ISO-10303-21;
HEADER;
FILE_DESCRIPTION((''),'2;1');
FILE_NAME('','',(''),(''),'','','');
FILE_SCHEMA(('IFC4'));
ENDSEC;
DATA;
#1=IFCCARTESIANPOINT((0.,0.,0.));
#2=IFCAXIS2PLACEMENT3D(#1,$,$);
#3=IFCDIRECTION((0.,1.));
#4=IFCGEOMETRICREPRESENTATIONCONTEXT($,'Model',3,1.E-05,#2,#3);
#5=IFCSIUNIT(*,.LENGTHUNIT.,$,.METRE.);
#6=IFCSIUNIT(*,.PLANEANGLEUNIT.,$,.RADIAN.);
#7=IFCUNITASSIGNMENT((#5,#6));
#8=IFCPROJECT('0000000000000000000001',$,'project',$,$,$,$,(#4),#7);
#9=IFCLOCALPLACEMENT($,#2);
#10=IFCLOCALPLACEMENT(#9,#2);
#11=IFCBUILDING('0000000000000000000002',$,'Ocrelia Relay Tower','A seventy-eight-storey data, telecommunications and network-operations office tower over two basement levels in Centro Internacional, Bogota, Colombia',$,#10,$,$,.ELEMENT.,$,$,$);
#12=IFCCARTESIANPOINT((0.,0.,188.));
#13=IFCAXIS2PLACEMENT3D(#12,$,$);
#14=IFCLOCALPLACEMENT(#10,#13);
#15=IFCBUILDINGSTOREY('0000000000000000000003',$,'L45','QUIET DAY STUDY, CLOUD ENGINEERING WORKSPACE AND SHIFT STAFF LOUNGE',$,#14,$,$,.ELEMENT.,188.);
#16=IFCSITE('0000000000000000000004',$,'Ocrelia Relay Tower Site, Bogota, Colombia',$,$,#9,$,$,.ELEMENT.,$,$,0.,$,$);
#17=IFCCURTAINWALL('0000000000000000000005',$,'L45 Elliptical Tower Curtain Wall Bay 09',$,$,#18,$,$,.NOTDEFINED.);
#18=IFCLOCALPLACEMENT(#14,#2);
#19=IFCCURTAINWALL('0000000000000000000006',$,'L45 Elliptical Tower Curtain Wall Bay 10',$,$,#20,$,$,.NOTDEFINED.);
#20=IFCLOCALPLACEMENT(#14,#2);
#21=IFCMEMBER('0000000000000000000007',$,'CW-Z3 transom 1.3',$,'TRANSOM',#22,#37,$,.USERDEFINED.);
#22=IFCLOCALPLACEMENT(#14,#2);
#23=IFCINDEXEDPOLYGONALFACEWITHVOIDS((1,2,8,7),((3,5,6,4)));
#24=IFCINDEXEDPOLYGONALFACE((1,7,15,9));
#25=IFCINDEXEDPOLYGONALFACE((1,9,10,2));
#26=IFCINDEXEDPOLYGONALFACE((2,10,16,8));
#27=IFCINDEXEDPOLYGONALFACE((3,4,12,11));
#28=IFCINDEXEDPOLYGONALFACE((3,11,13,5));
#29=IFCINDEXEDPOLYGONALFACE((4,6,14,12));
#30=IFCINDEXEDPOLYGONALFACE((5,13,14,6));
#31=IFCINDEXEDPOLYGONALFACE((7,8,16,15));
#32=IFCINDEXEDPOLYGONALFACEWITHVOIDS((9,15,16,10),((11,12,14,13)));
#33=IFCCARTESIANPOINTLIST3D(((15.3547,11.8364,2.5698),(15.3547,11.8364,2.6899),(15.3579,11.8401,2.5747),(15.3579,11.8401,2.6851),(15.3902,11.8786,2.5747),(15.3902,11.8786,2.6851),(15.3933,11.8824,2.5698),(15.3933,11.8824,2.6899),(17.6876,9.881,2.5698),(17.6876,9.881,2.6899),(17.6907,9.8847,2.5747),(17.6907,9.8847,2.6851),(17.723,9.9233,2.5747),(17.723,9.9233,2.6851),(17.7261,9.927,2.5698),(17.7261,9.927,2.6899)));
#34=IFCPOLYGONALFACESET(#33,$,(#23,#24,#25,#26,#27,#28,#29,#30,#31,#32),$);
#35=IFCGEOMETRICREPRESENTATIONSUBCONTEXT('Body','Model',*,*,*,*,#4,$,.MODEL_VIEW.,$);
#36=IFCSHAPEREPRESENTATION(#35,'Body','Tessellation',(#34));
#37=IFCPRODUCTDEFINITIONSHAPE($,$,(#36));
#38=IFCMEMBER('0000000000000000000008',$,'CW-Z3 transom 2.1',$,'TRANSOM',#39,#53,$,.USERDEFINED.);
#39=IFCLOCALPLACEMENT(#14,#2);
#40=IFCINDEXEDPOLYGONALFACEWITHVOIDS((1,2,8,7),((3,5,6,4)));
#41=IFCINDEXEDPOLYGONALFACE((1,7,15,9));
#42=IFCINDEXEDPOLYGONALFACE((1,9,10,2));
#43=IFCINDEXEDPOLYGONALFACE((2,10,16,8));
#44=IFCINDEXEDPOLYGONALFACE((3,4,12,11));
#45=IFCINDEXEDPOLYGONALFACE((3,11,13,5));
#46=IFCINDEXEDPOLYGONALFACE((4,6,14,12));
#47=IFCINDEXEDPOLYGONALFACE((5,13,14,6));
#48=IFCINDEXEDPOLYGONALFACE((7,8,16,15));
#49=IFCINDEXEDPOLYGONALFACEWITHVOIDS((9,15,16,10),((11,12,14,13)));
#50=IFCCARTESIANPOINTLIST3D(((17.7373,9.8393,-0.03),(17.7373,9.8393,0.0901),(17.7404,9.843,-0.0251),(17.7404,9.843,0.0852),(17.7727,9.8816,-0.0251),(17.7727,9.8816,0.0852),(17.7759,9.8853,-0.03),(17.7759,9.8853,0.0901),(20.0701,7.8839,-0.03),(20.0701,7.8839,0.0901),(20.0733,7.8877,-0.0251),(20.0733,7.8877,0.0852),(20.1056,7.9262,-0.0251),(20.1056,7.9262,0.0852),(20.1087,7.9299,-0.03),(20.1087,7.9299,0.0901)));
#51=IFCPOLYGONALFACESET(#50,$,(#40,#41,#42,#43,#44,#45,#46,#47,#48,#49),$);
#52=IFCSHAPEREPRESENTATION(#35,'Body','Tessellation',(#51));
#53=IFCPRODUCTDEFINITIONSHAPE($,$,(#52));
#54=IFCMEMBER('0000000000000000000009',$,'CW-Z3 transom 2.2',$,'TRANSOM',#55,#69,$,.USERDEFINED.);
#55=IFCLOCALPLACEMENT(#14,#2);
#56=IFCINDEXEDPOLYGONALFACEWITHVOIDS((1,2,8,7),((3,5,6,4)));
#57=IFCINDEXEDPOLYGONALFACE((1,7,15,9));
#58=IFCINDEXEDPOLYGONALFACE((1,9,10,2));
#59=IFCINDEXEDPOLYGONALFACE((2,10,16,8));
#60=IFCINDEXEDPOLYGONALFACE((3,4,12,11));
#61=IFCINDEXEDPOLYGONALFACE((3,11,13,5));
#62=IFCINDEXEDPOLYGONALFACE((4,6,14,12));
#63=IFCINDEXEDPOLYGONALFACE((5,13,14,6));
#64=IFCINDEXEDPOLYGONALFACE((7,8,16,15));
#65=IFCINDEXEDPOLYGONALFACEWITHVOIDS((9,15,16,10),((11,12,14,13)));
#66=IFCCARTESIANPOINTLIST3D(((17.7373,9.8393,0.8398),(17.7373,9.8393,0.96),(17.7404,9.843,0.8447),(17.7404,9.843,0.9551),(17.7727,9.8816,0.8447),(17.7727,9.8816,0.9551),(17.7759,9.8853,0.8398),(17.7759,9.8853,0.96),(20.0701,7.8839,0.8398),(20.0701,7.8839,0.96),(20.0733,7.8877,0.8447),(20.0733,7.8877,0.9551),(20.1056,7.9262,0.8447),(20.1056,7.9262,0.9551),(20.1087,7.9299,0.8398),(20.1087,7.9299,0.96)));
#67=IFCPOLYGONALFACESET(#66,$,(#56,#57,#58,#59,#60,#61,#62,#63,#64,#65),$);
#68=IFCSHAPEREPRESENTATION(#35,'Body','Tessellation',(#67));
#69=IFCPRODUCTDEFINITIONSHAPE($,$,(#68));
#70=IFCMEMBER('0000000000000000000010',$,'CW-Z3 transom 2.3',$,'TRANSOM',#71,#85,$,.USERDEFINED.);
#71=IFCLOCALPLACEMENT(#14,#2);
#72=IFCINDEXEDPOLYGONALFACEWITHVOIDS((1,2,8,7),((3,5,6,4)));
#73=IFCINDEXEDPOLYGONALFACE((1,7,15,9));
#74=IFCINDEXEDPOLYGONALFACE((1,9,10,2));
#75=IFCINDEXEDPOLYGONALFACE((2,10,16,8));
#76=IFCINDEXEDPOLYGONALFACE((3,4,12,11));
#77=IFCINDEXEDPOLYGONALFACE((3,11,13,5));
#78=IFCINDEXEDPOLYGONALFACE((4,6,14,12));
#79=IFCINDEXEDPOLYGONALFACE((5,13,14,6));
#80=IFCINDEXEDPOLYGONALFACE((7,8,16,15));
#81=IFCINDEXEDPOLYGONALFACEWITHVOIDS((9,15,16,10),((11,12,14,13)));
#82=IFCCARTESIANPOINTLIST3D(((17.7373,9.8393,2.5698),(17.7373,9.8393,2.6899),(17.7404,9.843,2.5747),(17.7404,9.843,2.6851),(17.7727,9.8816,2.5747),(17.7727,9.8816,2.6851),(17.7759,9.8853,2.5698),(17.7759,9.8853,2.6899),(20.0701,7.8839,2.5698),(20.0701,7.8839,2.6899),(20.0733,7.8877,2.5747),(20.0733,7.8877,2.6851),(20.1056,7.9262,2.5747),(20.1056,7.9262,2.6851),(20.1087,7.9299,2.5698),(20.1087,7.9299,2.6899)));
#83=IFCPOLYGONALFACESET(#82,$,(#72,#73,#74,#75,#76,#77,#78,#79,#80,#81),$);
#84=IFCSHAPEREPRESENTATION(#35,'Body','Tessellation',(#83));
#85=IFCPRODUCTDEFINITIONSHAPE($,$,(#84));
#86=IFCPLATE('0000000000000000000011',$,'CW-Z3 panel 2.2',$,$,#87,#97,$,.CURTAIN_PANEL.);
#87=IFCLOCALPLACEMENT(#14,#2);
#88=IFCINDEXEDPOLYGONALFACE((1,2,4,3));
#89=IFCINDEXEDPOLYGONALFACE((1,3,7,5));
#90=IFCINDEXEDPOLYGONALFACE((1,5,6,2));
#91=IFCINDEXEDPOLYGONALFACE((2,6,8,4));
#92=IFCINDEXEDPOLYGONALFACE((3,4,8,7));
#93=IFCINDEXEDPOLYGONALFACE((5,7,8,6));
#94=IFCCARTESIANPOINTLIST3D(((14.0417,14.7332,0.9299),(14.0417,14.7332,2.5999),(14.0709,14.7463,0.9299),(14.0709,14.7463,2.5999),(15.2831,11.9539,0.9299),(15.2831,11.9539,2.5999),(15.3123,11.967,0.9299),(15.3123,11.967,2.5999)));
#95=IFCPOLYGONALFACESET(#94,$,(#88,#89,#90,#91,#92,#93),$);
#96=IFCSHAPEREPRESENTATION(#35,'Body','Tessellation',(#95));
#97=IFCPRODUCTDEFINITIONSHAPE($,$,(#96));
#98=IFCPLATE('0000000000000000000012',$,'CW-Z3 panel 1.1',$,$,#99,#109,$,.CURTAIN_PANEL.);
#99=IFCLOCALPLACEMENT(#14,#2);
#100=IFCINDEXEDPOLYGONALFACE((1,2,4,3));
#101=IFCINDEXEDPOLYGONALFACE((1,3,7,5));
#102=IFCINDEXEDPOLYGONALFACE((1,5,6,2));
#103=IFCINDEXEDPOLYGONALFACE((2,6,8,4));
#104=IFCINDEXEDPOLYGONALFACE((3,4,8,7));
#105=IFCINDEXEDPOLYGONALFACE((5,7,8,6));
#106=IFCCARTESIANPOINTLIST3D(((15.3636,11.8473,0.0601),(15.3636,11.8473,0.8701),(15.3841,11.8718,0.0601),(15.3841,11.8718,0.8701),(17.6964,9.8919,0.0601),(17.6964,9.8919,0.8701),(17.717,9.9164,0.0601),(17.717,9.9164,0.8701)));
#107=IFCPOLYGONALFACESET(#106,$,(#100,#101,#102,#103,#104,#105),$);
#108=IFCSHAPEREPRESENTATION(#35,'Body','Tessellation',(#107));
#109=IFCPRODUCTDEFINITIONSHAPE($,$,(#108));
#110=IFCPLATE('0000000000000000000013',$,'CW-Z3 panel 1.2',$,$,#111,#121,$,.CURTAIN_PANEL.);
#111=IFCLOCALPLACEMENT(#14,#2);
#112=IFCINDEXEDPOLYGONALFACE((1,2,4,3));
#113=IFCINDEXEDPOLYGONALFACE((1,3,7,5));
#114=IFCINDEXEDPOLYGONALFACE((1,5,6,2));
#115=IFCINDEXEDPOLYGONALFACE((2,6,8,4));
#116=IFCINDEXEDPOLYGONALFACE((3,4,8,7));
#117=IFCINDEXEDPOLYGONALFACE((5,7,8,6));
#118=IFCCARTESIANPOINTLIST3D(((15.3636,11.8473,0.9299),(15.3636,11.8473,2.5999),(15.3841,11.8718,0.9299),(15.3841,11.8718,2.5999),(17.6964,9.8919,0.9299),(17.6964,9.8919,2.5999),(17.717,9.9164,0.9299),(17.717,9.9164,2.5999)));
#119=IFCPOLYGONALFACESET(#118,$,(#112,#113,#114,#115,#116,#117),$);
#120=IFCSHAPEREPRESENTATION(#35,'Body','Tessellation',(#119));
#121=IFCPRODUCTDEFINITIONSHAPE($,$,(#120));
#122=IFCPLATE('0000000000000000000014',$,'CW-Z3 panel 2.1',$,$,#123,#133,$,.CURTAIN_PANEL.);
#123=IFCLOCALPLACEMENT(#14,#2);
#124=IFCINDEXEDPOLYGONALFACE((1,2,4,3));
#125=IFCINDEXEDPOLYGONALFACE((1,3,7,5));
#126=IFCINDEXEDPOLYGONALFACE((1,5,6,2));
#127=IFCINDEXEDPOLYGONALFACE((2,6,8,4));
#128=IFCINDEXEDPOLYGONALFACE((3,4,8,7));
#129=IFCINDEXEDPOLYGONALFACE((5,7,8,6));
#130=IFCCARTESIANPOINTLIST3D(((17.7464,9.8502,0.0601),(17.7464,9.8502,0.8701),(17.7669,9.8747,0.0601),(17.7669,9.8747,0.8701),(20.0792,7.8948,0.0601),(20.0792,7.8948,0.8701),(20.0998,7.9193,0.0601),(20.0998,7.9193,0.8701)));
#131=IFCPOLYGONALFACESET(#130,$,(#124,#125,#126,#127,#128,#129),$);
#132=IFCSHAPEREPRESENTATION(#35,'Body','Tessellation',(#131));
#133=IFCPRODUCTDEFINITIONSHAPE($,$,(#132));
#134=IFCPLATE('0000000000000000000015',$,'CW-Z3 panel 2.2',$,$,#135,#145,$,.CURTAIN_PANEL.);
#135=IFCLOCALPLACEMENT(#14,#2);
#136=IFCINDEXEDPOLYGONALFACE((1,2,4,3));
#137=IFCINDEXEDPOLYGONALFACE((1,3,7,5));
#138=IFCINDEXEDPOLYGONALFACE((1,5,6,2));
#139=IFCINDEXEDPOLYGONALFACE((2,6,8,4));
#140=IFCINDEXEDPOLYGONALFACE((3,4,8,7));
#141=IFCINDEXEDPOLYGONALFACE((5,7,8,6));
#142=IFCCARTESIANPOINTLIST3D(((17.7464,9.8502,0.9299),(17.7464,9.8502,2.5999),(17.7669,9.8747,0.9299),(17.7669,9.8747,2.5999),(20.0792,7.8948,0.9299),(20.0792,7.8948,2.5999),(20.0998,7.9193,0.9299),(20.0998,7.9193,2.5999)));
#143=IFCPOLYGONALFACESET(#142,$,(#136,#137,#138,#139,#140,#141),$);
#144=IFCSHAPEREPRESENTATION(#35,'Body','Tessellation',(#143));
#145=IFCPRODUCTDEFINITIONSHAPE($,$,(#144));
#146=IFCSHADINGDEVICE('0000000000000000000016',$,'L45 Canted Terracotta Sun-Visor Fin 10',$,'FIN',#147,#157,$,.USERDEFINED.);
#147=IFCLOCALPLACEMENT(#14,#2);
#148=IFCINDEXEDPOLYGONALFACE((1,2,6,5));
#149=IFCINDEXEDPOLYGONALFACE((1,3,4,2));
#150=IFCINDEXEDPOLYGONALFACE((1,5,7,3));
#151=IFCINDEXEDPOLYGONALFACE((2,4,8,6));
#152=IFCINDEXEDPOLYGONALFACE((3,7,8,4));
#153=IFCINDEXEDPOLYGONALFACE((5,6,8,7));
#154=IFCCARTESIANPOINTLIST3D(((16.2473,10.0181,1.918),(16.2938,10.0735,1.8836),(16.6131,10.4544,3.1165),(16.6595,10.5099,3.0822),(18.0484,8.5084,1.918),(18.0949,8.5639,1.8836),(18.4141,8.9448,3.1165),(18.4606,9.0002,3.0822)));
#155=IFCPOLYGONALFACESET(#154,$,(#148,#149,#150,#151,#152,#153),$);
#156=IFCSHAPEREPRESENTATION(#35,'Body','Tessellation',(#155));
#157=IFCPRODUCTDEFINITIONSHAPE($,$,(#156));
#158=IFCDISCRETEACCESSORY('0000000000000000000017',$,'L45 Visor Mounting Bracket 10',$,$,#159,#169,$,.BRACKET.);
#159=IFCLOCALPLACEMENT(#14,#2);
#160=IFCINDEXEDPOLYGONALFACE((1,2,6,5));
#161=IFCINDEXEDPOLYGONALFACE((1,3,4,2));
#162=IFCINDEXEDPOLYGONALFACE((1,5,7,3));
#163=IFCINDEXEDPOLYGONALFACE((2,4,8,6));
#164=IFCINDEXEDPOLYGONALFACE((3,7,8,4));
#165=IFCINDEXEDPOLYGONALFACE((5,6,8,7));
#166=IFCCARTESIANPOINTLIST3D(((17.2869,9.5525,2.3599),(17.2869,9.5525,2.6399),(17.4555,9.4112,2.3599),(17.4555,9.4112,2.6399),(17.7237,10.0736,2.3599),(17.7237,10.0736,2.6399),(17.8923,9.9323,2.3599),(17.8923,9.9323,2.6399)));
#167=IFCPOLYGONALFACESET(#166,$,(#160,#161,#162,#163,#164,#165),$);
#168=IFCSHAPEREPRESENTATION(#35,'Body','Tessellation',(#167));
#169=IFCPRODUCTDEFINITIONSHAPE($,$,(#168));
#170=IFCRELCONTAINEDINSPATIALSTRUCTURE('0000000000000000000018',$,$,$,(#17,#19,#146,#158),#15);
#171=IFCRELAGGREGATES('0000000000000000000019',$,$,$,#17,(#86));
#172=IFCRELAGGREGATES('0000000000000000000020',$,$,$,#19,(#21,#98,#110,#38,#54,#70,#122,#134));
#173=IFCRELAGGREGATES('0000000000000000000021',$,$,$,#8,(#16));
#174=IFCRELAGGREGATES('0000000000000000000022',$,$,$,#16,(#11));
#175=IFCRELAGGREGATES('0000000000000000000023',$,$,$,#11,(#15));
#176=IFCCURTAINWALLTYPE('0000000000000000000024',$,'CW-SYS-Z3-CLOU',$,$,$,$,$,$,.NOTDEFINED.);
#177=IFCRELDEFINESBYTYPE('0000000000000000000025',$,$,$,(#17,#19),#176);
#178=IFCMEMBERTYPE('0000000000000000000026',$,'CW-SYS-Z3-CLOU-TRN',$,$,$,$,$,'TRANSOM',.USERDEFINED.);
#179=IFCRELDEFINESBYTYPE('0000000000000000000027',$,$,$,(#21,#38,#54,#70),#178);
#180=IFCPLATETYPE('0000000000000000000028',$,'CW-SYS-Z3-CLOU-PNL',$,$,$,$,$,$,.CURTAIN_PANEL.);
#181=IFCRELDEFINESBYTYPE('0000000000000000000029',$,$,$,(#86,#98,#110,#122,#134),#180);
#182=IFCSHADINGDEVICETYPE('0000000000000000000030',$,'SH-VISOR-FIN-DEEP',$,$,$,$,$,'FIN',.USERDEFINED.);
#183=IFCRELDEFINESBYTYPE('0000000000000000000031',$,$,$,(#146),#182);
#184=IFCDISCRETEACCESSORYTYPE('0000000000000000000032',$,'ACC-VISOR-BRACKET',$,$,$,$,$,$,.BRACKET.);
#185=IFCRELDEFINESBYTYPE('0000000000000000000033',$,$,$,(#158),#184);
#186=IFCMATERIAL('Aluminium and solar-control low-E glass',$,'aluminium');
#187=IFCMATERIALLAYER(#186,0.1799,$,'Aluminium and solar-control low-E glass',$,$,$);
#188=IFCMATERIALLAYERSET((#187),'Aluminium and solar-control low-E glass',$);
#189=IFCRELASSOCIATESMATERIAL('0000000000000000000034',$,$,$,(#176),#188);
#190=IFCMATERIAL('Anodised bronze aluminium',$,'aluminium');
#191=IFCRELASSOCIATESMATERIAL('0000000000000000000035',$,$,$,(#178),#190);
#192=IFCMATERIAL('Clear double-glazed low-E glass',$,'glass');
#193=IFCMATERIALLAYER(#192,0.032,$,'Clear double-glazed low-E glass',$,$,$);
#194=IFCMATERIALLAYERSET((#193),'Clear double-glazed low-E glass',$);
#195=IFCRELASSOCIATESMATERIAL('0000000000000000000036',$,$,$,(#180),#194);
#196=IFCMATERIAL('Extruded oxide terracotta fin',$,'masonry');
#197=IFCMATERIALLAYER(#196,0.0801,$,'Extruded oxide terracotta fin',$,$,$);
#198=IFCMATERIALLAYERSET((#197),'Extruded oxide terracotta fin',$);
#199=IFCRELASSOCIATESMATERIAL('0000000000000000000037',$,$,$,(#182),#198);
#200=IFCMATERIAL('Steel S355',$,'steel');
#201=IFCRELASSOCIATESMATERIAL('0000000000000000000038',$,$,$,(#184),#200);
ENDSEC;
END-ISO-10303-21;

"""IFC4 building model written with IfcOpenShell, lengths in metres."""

from ifc_helpers import new_model, si_unit, direction, frame, origin, origin_2d, place, context, subcontext, project, spatial, rectangle, hollow_rectangle, extrude, material, layer, layer_set, material_profile, profile_set, type_object, element, aggregate, save


model = new_model("IFC4")

# Units and contexts
model_context = context("Model", 3, precision=1e-05, world=origin(), true_north=direction((0.0, 1.0)))
body_context = subcontext(model_context, "Body", "Model", "MODEL_VIEW")
ifc_project = project(units=[si_unit("LENGTHUNIT", "METRE"), si_unit("PLANEANGLEUNIT", "RADIAN")], contexts=[model_context])

# Site, building, storey
site_placement = place(None, origin())
site = spatial("IfcSite", under=ifc_project, at=site_placement, Name="Ocrelia Relay Tower Site, Bogota, Colombia", CompositionType="ELEMENT", RefElevation=0.0)
building_placement = place(site_placement, origin())
building = spatial("IfcBuilding", under=site, at=building_placement, Name="Ocrelia Relay Tower", Description="A seventy-eight-storey data, telecommunications and network-operations office tower over two basement levels in Centro Internacional, Bogota, Colombia", CompositionType="ELEMENT")
storey_placement = place(building_placement, frame((0.0, 0.0, 188.0)))
storey = spatial("IfcBuildingStorey", under=building, at=storey_placement, Name="L45", Description="QUIET DAY STUDY, CLOUD ENGINEERING WORKSPACE AND SHIFT STAFF LOUNGE", CompositionType="ELEMENT", Elevation=188.0)

# Shared definitions
ifc_material_1 = material(Name="Steel S355", Category="steel")

# Curtain wall
ifc_material_2 = material(Name="Aluminium and solar-control low-E glass", Category="aluminium")
ifc_layer_1 = layer(ifc_material_2, 0.1799, Name="Aluminium and solar-control low-E glass")
ifc_layer_set_1 = layer_set([ifc_layer_1], Name="Aluminium and solar-control low-E glass")
curtain_wall_type = type_object("IfcCurtainWallType", Name="CW-SYS-Z3-CLOU", PredefinedType="NOTDEFINED", material=ifc_layer_set_1)
curtain_wall_1_placement = place(storey_placement, origin())
curtain_wall_1 = element("IfcCurtainWall", 1, at=curtain_wall_1_placement, inside=storey, type_object=curtain_wall_type, Name="L45 Elliptical Tower Curtain Wall Bay 09", PredefinedType="NOTDEFINED")
ifc_material_3 = material(Name="Anodised bronze aluminium", Category="aluminium")

# Curtain wall, members
curtain_wall_2_placement = place(storey_placement, origin())
curtain_wall_2 = element("IfcCurtainWall", 2, at=curtain_wall_2_placement, inside=storey, type_object=curtain_wall_type, Name="L45 Elliptical Tower Curtain Wall Bay 10", PredefinedType="NOTDEFINED")
ifc_material_profile_1 = material_profile(ifc_material_3, hollow_rectangle(XDim=0.0601, YDim=0.1201, WallThickness=0.0049, at=origin_2d()), Name="CW-TRN-120x60")
ifc_profile_set_1 = profile_set([ifc_material_profile_1], Name="Anodised bronze aluminium")
member_type_1 = type_object("IfcMemberType", Name="CW-SYS-Z3-CLOU-TRN", ElementType="TRANSOM", PredefinedType="USERDEFINED", material=ifc_profile_set_1)
member_1_placement = place(storey_placement, frame((15.374, 11.8594, 2.6299), z_axis=(0.766384, -0.642383, 0.0), x_axis=(0.642383, 0.766384, 0.0)))
member_1 = element("IfcMember", 3, at=member_1_placement, type_object=member_type_1, Name="CW-Z3 transom 1.3", ObjectType="TRANSOM", PredefinedType="USERDEFINED", context=body_context, shape_type="SweptSolid", body=[
    extrude(hollow_rectangle(XDim=0.0601, YDim=0.1201, WallThickness=0.0049, at=origin_2d()), origin(), (0.0, 0.0, 1.0), 3.0439),
])
member_2_placement = place(storey_placement, frame((17.7566, 9.8623, 0.03), z_axis=(0.766384, -0.642383, 0.0), x_axis=(0.642383, 0.766384, 0.0)))
member_2 = element("IfcMember", 4, at=member_2_placement, type_object=member_type_1, Name="CW-Z3 transom 2.1", ObjectType="TRANSOM", PredefinedType="USERDEFINED", context=body_context, shape_type="SweptSolid", body=[
    extrude(hollow_rectangle(XDim=0.0601, YDim=0.1201, WallThickness=0.0049, at=origin_2d()), origin(), (0.0, 0.0, 1.0), 3.0439),
])
member_3_placement = place(storey_placement, frame((17.7566, 9.8623, 0.8999), z_axis=(0.766384, -0.642383, 0.0), x_axis=(0.642383, 0.766384, 0.0)))
member_3 = element("IfcMember", 5, at=member_3_placement, type_object=member_type_1, Name="CW-Z3 transom 2.2", ObjectType="TRANSOM", PredefinedType="USERDEFINED", context=body_context, shape_type="SweptSolid", body=[
    extrude(hollow_rectangle(XDim=0.0601, YDim=0.1201, WallThickness=0.0049, at=origin_2d()), origin(), (0.0, 0.0, 1.0), 3.0439),
])
member_4_placement = place(storey_placement, frame((17.7566, 9.8623, 2.6299), z_axis=(0.766384, -0.642383, 0.0), x_axis=(0.642383, 0.766384, 0.0)))
member_4 = element("IfcMember", 6, at=member_4_placement, type_object=member_type_1, Name="CW-Z3 transom 2.3", ObjectType="TRANSOM", PredefinedType="USERDEFINED", context=body_context, shape_type="SweptSolid", body=[
    extrude(hollow_rectangle(XDim=0.0601, YDim=0.1201, WallThickness=0.0049, at=origin_2d()), origin(), (0.0, 0.0, 1.0), 3.0439),
])

# Plates
ifc_material_4 = material(Name="Clear double-glazed low-E glass", Category="glass")
ifc_layer_2 = layer(ifc_material_4, 0.032, Name="Clear double-glazed low-E glass")
ifc_layer_set_2 = layer_set([ifc_layer_2], Name="Clear double-glazed low-E glass")
plate_type = type_object("IfcPlateType", Name="CW-SYS-Z3-CLOU-PNL", PredefinedType="CURTAIN_PANEL", material=ifc_layer_set_2)
plate_1_placement = place(storey_placement, frame((14.677, 13.3501, 0.9299), z_axis=(0.0, 0.0, 1.0), x_axis=(0.407851, -0.913049, 0.0)))
plate_1 = element("IfcPlate", 7, at=plate_1_placement, type_object=plate_type, Name="CW-Z3 panel 2.2", PredefinedType="CURTAIN_PANEL", context=body_context, shape_type="SweptSolid", body=[
    extrude(rectangle(XDim=3.0439, YDim=0.032, at=origin_2d()), origin(), (0.0, 0.0, 1.0), 1.6699),
])
aggregate(curtain_wall_1, [plate_1])
plate_2_placement = place(storey_placement, frame((16.5403, 10.8818, 0.0601), z_axis=(0.0, 0.0, 1.0), x_axis=(0.766386, -0.64238, 0.0)))
plate_2 = element("IfcPlate", 8, at=plate_2_placement, type_object=plate_type, Name="CW-Z3 panel 1.1", PredefinedType="CURTAIN_PANEL", context=body_context, shape_type="SweptSolid", body=[
    extrude(rectangle(XDim=3.0439, YDim=0.032, at=origin_2d()), origin(), (0.0, 0.0, 1.0), 0.8101),
])
plate_3_placement = place(storey_placement, frame((16.5403, 10.8818, 0.9299), z_axis=(0.0, 0.0, 1.0), x_axis=(0.766386, -0.64238, 0.0)))
plate_3 = element("IfcPlate", 9, at=plate_3_placement, type_object=plate_type, Name="CW-Z3 panel 1.2", PredefinedType="CURTAIN_PANEL", context=body_context, shape_type="SweptSolid", body=[
    extrude(rectangle(XDim=3.0439, YDim=0.032, at=origin_2d()), origin(), (0.0, 0.0, 1.0), 1.6699),
])
plate_4_placement = place(storey_placement, frame((18.9231, 8.8848, 0.0601), z_axis=(0.0, 0.0, 1.0), x_axis=(0.766386, -0.64238, 0.0)))
plate_4 = element("IfcPlate", 10, at=plate_4_placement, type_object=plate_type, Name="CW-Z3 panel 2.1", PredefinedType="CURTAIN_PANEL", context=body_context, shape_type="SweptSolid", body=[
    extrude(rectangle(XDim=3.0439, YDim=0.032, at=origin_2d()), origin(), (0.0, 0.0, 1.0), 0.8101),
])
plate_5_placement = place(storey_placement, frame((18.9231, 8.8848, 0.9299), z_axis=(0.0, 0.0, 1.0), x_axis=(0.766386, -0.64238, 0.0)))
plate_5 = element("IfcPlate", 11, at=plate_5_placement, type_object=plate_type, Name="CW-Z3 panel 2.2", PredefinedType="CURTAIN_PANEL", context=body_context, shape_type="SweptSolid", body=[
    extrude(rectangle(XDim=3.0439, YDim=0.032, at=origin_2d()), origin(), (0.0, 0.0, 1.0), 1.6699),
])
aggregate(curtain_wall_2, [member_1, plate_2, plate_3, member_2, member_3, member_4, plate_4, plate_5])

# Shading device
ifc_material_5 = material(Name="Extruded oxide terracotta fin", Category="masonry")
ifc_layer_3 = layer(ifc_material_5, 0.0801, Name="Extruded oxide terracotta fin")
ifc_layer_set_3 = layer_set([ifc_layer_3], Name="Extruded oxide terracotta fin")
shading_device_type = type_object("IfcShadingDeviceType", Name="SH-VISOR-FIN-DEEP", ElementType="FIN", PredefinedType="USERDEFINED", material=ifc_layer_set_3)
shading_device_placement = place(storey_placement, frame((17.3772, 9.5369, 2.4829), z_axis=(-0.580236, -0.692247, 0.429093), x_axis=(0.766386, -0.64238, 0.0)))
element("IfcShadingDevice", 12, at=shading_device_placement, inside=storey, type_object=shading_device_type, Name="L45 Canted Terracotta Sun-Visor Fin 10", ObjectType="FIN", PredefinedType="USERDEFINED", context=body_context, shape_type="SweptSolid", body=[
    extrude(rectangle(XDim=2.3501, YDim=1.3269, at=origin_2d()), origin(), (0.0, 0.0, 1.0), 0.0801),
])

# Discrete accessory
discrete_accessory_type = type_object("IfcDiscreteAccessoryType", Name="ACC-VISOR-BRACKET", PredefinedType="BRACKET", material=ifc_material_1)
discrete_accessory_placement = place(storey_placement, frame((17.5896, 9.7424, 2.3599), z_axis=(0.0, 0.0, 1.0), x_axis=(0.766386, -0.64238, 0.0)))
element("IfcDiscreteAccessory", 13, at=discrete_accessory_placement, inside=storey, type_object=discrete_accessory_type, Name="L45 Visor Mounting Bracket 10", PredefinedType="BRACKET", context=body_context, shape_type="SweptSolid", body=[
    extrude(rectangle(XDim=0.22, YDim=0.6799, at=origin_2d()), origin(), (0.0, 0.0, 1.0), 0.28),
])

save(model, "model.ifc")
